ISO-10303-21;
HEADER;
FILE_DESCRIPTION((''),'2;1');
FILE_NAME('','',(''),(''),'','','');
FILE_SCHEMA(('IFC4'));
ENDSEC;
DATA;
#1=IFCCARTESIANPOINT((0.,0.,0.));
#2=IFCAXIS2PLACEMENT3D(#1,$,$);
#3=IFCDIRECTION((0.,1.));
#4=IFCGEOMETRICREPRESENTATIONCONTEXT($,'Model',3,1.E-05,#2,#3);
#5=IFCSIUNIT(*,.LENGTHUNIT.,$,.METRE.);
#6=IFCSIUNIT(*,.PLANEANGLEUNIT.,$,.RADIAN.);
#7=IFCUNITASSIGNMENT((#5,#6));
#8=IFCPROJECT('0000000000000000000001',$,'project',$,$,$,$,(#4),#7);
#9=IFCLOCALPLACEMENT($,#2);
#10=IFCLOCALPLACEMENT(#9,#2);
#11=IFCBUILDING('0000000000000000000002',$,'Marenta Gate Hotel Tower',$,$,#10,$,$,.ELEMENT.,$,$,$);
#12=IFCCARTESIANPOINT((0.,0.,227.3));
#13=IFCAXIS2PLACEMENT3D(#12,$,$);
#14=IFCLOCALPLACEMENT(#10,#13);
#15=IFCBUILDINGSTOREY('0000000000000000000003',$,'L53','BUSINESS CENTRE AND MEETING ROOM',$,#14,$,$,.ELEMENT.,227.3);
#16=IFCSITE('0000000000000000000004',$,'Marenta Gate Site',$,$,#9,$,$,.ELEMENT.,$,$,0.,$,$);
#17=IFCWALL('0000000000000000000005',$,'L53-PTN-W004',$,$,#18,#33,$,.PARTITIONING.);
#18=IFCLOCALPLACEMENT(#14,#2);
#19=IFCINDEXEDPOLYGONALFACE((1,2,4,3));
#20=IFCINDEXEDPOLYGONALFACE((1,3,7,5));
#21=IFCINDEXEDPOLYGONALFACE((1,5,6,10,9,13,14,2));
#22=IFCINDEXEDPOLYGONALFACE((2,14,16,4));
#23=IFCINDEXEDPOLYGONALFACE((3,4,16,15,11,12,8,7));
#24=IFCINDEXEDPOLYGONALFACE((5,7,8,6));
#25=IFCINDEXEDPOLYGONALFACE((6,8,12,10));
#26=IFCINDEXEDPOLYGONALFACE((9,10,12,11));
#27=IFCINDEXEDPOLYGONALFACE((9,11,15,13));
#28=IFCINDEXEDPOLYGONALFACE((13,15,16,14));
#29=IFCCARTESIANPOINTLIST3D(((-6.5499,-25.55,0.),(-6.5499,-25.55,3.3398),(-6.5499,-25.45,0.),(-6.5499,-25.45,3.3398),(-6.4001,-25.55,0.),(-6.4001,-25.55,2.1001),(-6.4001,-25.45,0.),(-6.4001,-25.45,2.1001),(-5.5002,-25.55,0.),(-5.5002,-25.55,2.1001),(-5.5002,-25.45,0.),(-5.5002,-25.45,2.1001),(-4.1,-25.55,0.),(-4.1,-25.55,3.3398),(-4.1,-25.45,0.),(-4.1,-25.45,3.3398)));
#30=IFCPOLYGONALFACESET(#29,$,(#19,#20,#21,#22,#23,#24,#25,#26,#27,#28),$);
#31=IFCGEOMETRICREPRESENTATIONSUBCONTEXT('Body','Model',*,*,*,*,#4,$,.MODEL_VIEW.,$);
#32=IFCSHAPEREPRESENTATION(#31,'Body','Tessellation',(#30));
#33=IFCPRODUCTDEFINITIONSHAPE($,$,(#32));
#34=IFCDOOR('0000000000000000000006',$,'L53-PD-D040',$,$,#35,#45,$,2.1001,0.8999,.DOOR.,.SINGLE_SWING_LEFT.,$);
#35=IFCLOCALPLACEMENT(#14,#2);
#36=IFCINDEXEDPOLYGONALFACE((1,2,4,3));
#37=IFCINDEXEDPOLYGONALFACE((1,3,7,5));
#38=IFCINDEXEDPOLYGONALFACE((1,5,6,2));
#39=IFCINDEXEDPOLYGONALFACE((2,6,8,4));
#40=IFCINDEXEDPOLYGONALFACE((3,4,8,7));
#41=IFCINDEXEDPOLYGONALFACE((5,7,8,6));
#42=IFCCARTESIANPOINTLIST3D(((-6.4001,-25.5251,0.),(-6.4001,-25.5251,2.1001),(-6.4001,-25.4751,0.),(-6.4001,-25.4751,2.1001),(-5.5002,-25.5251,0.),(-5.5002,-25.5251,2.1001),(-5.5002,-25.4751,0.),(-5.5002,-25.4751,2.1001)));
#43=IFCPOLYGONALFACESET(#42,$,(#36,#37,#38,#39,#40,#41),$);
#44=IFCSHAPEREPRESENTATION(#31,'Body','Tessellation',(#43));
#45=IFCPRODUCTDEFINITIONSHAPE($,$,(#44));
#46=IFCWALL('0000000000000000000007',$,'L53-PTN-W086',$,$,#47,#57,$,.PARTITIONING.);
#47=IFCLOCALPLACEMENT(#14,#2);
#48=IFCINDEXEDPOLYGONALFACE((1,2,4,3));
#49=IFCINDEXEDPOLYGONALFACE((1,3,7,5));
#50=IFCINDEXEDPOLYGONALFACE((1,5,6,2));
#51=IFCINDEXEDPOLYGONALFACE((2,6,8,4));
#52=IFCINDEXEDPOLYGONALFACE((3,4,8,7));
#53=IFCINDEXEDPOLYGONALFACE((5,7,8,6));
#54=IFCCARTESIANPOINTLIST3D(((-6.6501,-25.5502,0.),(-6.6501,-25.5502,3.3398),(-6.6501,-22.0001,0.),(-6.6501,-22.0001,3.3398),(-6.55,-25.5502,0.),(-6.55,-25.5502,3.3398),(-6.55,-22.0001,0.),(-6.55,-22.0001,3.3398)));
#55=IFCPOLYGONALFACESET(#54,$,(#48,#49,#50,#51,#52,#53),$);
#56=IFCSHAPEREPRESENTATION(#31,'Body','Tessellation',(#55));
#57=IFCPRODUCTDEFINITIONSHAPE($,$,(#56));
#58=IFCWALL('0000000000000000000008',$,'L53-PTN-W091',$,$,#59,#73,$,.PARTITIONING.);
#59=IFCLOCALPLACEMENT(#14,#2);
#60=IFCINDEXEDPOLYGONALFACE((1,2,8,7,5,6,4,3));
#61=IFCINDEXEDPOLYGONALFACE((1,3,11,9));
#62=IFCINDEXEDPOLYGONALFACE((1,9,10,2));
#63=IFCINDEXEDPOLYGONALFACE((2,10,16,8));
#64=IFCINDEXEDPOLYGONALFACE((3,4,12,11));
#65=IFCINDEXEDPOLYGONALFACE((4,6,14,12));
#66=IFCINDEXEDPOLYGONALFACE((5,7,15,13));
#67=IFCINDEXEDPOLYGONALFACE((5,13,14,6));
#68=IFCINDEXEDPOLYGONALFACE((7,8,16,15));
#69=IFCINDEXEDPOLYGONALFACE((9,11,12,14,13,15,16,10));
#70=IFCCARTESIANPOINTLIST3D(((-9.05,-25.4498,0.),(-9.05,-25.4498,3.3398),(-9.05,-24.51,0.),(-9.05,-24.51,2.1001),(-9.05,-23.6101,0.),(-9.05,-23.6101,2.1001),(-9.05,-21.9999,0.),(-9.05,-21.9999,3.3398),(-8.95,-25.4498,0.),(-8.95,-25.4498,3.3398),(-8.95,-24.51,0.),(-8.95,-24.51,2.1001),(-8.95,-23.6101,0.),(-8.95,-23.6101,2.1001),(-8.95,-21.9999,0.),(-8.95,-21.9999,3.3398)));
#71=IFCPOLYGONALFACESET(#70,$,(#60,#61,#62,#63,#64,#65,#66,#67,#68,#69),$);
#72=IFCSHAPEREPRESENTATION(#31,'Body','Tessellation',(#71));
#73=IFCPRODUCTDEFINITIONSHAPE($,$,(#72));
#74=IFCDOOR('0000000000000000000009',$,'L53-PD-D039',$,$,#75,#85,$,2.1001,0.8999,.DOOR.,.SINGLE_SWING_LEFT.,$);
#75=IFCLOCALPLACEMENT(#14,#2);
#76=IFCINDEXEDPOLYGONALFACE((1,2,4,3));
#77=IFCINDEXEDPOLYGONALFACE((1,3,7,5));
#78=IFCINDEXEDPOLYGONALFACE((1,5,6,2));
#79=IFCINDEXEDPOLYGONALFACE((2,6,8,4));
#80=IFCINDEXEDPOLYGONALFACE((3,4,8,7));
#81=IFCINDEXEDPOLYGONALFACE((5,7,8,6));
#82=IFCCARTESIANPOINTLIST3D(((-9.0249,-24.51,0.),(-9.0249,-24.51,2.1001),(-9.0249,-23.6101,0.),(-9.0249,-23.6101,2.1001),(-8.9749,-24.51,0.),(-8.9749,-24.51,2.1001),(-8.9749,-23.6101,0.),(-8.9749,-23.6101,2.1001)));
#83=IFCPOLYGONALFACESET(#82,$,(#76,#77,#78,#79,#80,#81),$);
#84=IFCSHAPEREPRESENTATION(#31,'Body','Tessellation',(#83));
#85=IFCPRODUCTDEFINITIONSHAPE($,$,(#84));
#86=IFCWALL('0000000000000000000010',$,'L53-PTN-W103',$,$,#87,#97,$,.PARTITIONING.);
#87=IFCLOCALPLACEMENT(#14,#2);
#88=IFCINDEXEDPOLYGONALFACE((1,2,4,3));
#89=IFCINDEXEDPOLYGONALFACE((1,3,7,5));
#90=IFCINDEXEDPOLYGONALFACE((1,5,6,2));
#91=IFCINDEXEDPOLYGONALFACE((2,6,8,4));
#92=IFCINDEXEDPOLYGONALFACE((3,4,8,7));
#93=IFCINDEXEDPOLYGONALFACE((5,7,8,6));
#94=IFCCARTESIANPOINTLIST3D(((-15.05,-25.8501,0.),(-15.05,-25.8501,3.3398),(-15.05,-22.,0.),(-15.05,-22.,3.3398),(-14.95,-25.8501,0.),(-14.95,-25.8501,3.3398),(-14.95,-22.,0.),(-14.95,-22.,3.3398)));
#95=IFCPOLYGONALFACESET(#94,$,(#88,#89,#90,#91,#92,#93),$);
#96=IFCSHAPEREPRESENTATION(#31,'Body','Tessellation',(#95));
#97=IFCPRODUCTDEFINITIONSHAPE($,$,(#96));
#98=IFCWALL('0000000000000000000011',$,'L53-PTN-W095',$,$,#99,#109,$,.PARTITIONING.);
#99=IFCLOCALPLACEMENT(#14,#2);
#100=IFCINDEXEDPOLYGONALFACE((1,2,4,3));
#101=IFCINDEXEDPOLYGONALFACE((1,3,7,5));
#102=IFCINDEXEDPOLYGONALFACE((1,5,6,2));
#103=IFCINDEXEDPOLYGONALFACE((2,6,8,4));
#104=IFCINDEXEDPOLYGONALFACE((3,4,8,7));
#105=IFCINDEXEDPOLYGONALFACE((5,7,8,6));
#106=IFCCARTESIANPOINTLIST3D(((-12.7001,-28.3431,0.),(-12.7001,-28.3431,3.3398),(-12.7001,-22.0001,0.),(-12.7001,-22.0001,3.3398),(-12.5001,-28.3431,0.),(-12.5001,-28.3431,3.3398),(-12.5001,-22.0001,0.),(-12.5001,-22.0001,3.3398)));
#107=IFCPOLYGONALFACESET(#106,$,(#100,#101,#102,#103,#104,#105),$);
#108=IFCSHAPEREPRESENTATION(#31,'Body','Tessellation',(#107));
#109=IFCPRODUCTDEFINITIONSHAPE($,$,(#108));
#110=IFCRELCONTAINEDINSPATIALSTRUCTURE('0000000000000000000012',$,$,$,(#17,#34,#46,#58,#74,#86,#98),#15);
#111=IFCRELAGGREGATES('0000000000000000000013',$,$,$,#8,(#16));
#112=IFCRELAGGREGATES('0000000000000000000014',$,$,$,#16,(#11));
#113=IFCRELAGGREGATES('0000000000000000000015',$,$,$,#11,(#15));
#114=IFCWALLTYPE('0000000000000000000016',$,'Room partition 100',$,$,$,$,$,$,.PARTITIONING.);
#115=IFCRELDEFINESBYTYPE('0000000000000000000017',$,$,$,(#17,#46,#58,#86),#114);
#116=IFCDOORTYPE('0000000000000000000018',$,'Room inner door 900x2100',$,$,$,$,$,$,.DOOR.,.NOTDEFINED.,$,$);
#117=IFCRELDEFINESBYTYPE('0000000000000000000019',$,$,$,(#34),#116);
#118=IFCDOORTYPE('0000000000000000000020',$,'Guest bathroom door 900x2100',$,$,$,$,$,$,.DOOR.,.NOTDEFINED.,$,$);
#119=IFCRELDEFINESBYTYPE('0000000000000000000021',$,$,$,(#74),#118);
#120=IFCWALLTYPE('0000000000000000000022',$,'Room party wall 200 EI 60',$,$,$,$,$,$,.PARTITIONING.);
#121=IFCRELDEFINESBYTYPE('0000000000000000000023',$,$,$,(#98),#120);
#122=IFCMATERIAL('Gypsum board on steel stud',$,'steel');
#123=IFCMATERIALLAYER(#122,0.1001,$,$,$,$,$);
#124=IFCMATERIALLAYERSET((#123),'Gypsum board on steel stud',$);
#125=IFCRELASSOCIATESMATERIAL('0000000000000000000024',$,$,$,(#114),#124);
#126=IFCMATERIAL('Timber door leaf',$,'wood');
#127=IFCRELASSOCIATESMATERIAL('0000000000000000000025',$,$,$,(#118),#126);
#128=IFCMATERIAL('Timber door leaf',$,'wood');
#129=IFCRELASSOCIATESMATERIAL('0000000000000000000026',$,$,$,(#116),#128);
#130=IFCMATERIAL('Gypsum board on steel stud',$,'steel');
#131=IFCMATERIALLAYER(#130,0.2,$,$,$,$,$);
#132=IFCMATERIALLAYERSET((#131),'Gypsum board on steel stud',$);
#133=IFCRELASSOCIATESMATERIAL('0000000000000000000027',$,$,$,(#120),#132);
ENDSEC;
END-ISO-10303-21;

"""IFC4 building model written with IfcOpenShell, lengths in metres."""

from ifc_helpers import new_model, si_unit, direction, frame, frame_2d, origin, place, context, subcontext, project, spatial, rectangle, extrude, material, layer, layer_set, type_object, element, fill, save


model = new_model("IFC4")

# Units and contexts
model_context = context("Model", 3, precision=1e-05, world=origin(), true_north=direction((0.0, 1.0)))
body_context = subcontext(model_context, "Body", "Model", "MODEL_VIEW")
ifc_project = project(units=[si_unit("LENGTHUNIT", "METRE"), si_unit("PLANEANGLEUNIT", "RADIAN")], contexts=[model_context])

# Site, building, storey
site_placement = place(None, origin())
site = spatial("IfcSite", under=ifc_project, at=site_placement, Name="Marenta Gate Site", CompositionType="ELEMENT", RefElevation=0.0)
building_placement = place(site_placement, origin())
building = spatial("IfcBuilding", under=site, at=building_placement, Name="Marenta Gate Hotel Tower", CompositionType="ELEMENT")
storey_placement = place(building_placement, frame((0.0, 0.0, 227.3)))
storey = spatial("IfcBuildingStorey", under=building, at=storey_placement, Name="L53", Description="BUSINESS CENTRE AND MEETING ROOM", CompositionType="ELEMENT", Elevation=227.3)

# Shared definitions
ifc_material_1 = material(Name="Gypsum board on steel stud", Category="steel")
ifc_layer_1 = layer(ifc_material_1, 0.1001)
ifc_layer_set_1 = layer_set([ifc_layer_1], Name="Gypsum board on steel stud")
wall_type_1 = type_object("IfcWallType", Name="Room partition 100", PredefinedType="PARTITIONING", material=ifc_layer_set_1)
ifc_material_2 = material(Name="Timber door leaf", Category="wood")
door_type_1 = type_object("IfcDoorType", Name="Guest bathroom door 900x2100", OperationType="NOTDEFINED", PredefinedType="DOOR", material=ifc_material_2)

# Wall, opening, door
wall_1_placement = place(storey_placement, frame((-6.55, -25.5, 0.0), z_axis=(0.0, 0.0, 1.0), x_axis=(1.0, 0.0, 0.0)))
wall_1 = element("IfcWall", 1, at=wall_1_placement, inside=storey, type_object=wall_type_1, Name="L53-PTN-W004", PredefinedType="PARTITIONING", context=body_context, shape_type="SweptSolid", body=[
    extrude(rectangle(XDim=2.45, YDim=0.1001, at=frame_2d((1.2251, 0.0))), origin(), (0.0, 0.0, 1.0), 3.3398),
])
opening_1_placement = place(wall_1_placement, frame((0.1499, 0.0, 0.0)))
opening_1 = element("IfcOpeningElement", 2, at=opening_1_placement, cuts=wall_1, PredefinedType="OPENING", context=body_context, shape_type="SweptSolid", body=[
    extrude(rectangle(XDim=0.8999, YDim=2.1001, at=frame_2d((0.45, 1.05))), frame((0.0, 0.05, 0.0), z_axis=(0.0, -1.0, 0.0), x_axis=(1.0, 0.0, 0.0)), (0.0, 0.0, 1.0), 0.1001),
])
ifc_material_3 = material(Name="Timber door leaf", Category="wood")
door_type_2 = type_object("IfcDoorType", Name="Room inner door 900x2100", OperationType="NOTDEFINED", PredefinedType="DOOR", material=ifc_material_3)
door_1_placement = place(opening_1_placement, origin())
door_1 = element("IfcDoor", 3, at=door_1_placement, inside=storey, type_object=door_type_2, Name="L53-PD-D040", OperationType="SINGLE_SWING_LEFT", OverallHeight=2.1001, OverallWidth=0.8999, PredefinedType="DOOR", context=body_context, shape_type="SweptSolid", body=[
    extrude(rectangle(XDim=0.8999, YDim=2.1001, at=frame_2d((0.45, 1.05))), frame((0.0, 0.0249, 0.0), z_axis=(0.0, -1.0, 0.0), x_axis=(1.0, 0.0, 0.0)), (0.0, 0.0, 1.0), 0.05),
])
fill(opening_1, door_1)

# Wall
wall_2_placement = place(storey_placement, frame((-6.6001, -25.55, 0.0), z_axis=(0.0, 0.0, 1.0), x_axis=(0.0, 1.0, 0.0)))
element("IfcWall", 4, at=wall_2_placement, inside=storey, type_object=wall_type_1, Name="L53-PTN-W086", PredefinedType="PARTITIONING", context=body_context, shape_type="SweptSolid", body=[
    extrude(rectangle(XDim=3.55, YDim=0.1001, at=frame_2d((1.7749, 0.0))), origin(), (0.0, 0.0, 1.0), 3.3398),
])

# Wall, opening, door
wall_3_placement = place(storey_placement, frame((-9.0, -25.45, 0.0), z_axis=(0.0, 0.0, 1.0), x_axis=(0.0, 1.0, 0.0)))
wall_3 = element("IfcWall", 5, at=wall_3_placement, inside=storey, type_object=wall_type_1, Name="L53-PTN-W091", PredefinedType="PARTITIONING", context=body_context, shape_type="SweptSolid", body=[
    extrude(rectangle(XDim=3.45, YDim=0.1001, at=frame_2d((1.7251, 0.0))), origin(), (0.0, 0.0, 1.0), 3.3398),
])
opening_2_placement = place(wall_3_placement, frame((0.9399, 0.0, 0.0)))
opening_2 = element("IfcOpeningElement", 6, at=opening_2_placement, cuts=wall_3, PredefinedType="OPENING", context=body_context, shape_type="SweptSolid", body=[
    extrude(rectangle(XDim=0.8999, YDim=2.1001, at=frame_2d((0.45, 1.05))), frame((0.0, 0.05, 0.0), z_axis=(0.0, -1.0, 0.0), x_axis=(1.0, 0.0, 0.0)), (0.0, 0.0, 1.0), 0.1001),
])
door_2_placement = place(opening_2_placement, origin())
door_2 = element("IfcDoor", 7, at=door_2_placement, inside=storey, type_object=door_type_1, Name="L53-PD-D039", OperationType="SINGLE_SWING_LEFT", OverallHeight=2.1001, OverallWidth=0.8999, PredefinedType="DOOR", context=body_context, shape_type="SweptSolid", body=[
    extrude(rectangle(XDim=0.8999, YDim=2.1001, at=frame_2d((0.45, 1.05))), frame((0.0, 0.0249, 0.0), z_axis=(0.0, -1.0, 0.0), x_axis=(1.0, 0.0, 0.0)), (0.0, 0.0, 1.0), 0.05),
])
fill(opening_2, door_2)

# Walls
wall_4_placement = place(storey_placement, frame((-15.0, -25.8501, 0.0), z_axis=(0.0, 0.0, 1.0), x_axis=(0.0, 1.0, 0.0)))
element("IfcWall", 8, at=wall_4_placement, inside=storey, type_object=wall_type_1, Name="L53-PTN-W103", PredefinedType="PARTITIONING", context=body_context, shape_type="SweptSolid", body=[
    extrude(rectangle(XDim=3.8501, YDim=0.1001, at=frame_2d((1.925, 0.0))), origin(), (0.0, 0.0, 1.0), 3.3398),
])
ifc_material_4 = material(Name="Gypsum board on steel stud", Category="steel")
ifc_layer_2 = layer(ifc_material_4, 0.2)
ifc_layer_set_2 = layer_set([ifc_layer_2], Name="Gypsum board on steel stud")
wall_type_2 = type_object("IfcWallType", Name="Room party wall 200 EI 60", PredefinedType="PARTITIONING", material=ifc_layer_set_2)
wall_5_placement = place(storey_placement, frame((-12.6001, -28.343, 0.0), z_axis=(0.0, 0.0, 1.0), x_axis=(0.0, 1.0, 0.0)))
element("IfcWall", 9, at=wall_5_placement, inside=storey, type_object=wall_type_2, Name="L53-PTN-W095", PredefinedType="PARTITIONING", context=body_context, shape_type="SweptSolid", body=[
    extrude(rectangle(XDim=6.343, YDim=0.2, at=frame_2d((3.1714, 0.0))), origin(), (0.0, 0.0, 1.0), 3.3398),
])

save(model, "model.ifc")
